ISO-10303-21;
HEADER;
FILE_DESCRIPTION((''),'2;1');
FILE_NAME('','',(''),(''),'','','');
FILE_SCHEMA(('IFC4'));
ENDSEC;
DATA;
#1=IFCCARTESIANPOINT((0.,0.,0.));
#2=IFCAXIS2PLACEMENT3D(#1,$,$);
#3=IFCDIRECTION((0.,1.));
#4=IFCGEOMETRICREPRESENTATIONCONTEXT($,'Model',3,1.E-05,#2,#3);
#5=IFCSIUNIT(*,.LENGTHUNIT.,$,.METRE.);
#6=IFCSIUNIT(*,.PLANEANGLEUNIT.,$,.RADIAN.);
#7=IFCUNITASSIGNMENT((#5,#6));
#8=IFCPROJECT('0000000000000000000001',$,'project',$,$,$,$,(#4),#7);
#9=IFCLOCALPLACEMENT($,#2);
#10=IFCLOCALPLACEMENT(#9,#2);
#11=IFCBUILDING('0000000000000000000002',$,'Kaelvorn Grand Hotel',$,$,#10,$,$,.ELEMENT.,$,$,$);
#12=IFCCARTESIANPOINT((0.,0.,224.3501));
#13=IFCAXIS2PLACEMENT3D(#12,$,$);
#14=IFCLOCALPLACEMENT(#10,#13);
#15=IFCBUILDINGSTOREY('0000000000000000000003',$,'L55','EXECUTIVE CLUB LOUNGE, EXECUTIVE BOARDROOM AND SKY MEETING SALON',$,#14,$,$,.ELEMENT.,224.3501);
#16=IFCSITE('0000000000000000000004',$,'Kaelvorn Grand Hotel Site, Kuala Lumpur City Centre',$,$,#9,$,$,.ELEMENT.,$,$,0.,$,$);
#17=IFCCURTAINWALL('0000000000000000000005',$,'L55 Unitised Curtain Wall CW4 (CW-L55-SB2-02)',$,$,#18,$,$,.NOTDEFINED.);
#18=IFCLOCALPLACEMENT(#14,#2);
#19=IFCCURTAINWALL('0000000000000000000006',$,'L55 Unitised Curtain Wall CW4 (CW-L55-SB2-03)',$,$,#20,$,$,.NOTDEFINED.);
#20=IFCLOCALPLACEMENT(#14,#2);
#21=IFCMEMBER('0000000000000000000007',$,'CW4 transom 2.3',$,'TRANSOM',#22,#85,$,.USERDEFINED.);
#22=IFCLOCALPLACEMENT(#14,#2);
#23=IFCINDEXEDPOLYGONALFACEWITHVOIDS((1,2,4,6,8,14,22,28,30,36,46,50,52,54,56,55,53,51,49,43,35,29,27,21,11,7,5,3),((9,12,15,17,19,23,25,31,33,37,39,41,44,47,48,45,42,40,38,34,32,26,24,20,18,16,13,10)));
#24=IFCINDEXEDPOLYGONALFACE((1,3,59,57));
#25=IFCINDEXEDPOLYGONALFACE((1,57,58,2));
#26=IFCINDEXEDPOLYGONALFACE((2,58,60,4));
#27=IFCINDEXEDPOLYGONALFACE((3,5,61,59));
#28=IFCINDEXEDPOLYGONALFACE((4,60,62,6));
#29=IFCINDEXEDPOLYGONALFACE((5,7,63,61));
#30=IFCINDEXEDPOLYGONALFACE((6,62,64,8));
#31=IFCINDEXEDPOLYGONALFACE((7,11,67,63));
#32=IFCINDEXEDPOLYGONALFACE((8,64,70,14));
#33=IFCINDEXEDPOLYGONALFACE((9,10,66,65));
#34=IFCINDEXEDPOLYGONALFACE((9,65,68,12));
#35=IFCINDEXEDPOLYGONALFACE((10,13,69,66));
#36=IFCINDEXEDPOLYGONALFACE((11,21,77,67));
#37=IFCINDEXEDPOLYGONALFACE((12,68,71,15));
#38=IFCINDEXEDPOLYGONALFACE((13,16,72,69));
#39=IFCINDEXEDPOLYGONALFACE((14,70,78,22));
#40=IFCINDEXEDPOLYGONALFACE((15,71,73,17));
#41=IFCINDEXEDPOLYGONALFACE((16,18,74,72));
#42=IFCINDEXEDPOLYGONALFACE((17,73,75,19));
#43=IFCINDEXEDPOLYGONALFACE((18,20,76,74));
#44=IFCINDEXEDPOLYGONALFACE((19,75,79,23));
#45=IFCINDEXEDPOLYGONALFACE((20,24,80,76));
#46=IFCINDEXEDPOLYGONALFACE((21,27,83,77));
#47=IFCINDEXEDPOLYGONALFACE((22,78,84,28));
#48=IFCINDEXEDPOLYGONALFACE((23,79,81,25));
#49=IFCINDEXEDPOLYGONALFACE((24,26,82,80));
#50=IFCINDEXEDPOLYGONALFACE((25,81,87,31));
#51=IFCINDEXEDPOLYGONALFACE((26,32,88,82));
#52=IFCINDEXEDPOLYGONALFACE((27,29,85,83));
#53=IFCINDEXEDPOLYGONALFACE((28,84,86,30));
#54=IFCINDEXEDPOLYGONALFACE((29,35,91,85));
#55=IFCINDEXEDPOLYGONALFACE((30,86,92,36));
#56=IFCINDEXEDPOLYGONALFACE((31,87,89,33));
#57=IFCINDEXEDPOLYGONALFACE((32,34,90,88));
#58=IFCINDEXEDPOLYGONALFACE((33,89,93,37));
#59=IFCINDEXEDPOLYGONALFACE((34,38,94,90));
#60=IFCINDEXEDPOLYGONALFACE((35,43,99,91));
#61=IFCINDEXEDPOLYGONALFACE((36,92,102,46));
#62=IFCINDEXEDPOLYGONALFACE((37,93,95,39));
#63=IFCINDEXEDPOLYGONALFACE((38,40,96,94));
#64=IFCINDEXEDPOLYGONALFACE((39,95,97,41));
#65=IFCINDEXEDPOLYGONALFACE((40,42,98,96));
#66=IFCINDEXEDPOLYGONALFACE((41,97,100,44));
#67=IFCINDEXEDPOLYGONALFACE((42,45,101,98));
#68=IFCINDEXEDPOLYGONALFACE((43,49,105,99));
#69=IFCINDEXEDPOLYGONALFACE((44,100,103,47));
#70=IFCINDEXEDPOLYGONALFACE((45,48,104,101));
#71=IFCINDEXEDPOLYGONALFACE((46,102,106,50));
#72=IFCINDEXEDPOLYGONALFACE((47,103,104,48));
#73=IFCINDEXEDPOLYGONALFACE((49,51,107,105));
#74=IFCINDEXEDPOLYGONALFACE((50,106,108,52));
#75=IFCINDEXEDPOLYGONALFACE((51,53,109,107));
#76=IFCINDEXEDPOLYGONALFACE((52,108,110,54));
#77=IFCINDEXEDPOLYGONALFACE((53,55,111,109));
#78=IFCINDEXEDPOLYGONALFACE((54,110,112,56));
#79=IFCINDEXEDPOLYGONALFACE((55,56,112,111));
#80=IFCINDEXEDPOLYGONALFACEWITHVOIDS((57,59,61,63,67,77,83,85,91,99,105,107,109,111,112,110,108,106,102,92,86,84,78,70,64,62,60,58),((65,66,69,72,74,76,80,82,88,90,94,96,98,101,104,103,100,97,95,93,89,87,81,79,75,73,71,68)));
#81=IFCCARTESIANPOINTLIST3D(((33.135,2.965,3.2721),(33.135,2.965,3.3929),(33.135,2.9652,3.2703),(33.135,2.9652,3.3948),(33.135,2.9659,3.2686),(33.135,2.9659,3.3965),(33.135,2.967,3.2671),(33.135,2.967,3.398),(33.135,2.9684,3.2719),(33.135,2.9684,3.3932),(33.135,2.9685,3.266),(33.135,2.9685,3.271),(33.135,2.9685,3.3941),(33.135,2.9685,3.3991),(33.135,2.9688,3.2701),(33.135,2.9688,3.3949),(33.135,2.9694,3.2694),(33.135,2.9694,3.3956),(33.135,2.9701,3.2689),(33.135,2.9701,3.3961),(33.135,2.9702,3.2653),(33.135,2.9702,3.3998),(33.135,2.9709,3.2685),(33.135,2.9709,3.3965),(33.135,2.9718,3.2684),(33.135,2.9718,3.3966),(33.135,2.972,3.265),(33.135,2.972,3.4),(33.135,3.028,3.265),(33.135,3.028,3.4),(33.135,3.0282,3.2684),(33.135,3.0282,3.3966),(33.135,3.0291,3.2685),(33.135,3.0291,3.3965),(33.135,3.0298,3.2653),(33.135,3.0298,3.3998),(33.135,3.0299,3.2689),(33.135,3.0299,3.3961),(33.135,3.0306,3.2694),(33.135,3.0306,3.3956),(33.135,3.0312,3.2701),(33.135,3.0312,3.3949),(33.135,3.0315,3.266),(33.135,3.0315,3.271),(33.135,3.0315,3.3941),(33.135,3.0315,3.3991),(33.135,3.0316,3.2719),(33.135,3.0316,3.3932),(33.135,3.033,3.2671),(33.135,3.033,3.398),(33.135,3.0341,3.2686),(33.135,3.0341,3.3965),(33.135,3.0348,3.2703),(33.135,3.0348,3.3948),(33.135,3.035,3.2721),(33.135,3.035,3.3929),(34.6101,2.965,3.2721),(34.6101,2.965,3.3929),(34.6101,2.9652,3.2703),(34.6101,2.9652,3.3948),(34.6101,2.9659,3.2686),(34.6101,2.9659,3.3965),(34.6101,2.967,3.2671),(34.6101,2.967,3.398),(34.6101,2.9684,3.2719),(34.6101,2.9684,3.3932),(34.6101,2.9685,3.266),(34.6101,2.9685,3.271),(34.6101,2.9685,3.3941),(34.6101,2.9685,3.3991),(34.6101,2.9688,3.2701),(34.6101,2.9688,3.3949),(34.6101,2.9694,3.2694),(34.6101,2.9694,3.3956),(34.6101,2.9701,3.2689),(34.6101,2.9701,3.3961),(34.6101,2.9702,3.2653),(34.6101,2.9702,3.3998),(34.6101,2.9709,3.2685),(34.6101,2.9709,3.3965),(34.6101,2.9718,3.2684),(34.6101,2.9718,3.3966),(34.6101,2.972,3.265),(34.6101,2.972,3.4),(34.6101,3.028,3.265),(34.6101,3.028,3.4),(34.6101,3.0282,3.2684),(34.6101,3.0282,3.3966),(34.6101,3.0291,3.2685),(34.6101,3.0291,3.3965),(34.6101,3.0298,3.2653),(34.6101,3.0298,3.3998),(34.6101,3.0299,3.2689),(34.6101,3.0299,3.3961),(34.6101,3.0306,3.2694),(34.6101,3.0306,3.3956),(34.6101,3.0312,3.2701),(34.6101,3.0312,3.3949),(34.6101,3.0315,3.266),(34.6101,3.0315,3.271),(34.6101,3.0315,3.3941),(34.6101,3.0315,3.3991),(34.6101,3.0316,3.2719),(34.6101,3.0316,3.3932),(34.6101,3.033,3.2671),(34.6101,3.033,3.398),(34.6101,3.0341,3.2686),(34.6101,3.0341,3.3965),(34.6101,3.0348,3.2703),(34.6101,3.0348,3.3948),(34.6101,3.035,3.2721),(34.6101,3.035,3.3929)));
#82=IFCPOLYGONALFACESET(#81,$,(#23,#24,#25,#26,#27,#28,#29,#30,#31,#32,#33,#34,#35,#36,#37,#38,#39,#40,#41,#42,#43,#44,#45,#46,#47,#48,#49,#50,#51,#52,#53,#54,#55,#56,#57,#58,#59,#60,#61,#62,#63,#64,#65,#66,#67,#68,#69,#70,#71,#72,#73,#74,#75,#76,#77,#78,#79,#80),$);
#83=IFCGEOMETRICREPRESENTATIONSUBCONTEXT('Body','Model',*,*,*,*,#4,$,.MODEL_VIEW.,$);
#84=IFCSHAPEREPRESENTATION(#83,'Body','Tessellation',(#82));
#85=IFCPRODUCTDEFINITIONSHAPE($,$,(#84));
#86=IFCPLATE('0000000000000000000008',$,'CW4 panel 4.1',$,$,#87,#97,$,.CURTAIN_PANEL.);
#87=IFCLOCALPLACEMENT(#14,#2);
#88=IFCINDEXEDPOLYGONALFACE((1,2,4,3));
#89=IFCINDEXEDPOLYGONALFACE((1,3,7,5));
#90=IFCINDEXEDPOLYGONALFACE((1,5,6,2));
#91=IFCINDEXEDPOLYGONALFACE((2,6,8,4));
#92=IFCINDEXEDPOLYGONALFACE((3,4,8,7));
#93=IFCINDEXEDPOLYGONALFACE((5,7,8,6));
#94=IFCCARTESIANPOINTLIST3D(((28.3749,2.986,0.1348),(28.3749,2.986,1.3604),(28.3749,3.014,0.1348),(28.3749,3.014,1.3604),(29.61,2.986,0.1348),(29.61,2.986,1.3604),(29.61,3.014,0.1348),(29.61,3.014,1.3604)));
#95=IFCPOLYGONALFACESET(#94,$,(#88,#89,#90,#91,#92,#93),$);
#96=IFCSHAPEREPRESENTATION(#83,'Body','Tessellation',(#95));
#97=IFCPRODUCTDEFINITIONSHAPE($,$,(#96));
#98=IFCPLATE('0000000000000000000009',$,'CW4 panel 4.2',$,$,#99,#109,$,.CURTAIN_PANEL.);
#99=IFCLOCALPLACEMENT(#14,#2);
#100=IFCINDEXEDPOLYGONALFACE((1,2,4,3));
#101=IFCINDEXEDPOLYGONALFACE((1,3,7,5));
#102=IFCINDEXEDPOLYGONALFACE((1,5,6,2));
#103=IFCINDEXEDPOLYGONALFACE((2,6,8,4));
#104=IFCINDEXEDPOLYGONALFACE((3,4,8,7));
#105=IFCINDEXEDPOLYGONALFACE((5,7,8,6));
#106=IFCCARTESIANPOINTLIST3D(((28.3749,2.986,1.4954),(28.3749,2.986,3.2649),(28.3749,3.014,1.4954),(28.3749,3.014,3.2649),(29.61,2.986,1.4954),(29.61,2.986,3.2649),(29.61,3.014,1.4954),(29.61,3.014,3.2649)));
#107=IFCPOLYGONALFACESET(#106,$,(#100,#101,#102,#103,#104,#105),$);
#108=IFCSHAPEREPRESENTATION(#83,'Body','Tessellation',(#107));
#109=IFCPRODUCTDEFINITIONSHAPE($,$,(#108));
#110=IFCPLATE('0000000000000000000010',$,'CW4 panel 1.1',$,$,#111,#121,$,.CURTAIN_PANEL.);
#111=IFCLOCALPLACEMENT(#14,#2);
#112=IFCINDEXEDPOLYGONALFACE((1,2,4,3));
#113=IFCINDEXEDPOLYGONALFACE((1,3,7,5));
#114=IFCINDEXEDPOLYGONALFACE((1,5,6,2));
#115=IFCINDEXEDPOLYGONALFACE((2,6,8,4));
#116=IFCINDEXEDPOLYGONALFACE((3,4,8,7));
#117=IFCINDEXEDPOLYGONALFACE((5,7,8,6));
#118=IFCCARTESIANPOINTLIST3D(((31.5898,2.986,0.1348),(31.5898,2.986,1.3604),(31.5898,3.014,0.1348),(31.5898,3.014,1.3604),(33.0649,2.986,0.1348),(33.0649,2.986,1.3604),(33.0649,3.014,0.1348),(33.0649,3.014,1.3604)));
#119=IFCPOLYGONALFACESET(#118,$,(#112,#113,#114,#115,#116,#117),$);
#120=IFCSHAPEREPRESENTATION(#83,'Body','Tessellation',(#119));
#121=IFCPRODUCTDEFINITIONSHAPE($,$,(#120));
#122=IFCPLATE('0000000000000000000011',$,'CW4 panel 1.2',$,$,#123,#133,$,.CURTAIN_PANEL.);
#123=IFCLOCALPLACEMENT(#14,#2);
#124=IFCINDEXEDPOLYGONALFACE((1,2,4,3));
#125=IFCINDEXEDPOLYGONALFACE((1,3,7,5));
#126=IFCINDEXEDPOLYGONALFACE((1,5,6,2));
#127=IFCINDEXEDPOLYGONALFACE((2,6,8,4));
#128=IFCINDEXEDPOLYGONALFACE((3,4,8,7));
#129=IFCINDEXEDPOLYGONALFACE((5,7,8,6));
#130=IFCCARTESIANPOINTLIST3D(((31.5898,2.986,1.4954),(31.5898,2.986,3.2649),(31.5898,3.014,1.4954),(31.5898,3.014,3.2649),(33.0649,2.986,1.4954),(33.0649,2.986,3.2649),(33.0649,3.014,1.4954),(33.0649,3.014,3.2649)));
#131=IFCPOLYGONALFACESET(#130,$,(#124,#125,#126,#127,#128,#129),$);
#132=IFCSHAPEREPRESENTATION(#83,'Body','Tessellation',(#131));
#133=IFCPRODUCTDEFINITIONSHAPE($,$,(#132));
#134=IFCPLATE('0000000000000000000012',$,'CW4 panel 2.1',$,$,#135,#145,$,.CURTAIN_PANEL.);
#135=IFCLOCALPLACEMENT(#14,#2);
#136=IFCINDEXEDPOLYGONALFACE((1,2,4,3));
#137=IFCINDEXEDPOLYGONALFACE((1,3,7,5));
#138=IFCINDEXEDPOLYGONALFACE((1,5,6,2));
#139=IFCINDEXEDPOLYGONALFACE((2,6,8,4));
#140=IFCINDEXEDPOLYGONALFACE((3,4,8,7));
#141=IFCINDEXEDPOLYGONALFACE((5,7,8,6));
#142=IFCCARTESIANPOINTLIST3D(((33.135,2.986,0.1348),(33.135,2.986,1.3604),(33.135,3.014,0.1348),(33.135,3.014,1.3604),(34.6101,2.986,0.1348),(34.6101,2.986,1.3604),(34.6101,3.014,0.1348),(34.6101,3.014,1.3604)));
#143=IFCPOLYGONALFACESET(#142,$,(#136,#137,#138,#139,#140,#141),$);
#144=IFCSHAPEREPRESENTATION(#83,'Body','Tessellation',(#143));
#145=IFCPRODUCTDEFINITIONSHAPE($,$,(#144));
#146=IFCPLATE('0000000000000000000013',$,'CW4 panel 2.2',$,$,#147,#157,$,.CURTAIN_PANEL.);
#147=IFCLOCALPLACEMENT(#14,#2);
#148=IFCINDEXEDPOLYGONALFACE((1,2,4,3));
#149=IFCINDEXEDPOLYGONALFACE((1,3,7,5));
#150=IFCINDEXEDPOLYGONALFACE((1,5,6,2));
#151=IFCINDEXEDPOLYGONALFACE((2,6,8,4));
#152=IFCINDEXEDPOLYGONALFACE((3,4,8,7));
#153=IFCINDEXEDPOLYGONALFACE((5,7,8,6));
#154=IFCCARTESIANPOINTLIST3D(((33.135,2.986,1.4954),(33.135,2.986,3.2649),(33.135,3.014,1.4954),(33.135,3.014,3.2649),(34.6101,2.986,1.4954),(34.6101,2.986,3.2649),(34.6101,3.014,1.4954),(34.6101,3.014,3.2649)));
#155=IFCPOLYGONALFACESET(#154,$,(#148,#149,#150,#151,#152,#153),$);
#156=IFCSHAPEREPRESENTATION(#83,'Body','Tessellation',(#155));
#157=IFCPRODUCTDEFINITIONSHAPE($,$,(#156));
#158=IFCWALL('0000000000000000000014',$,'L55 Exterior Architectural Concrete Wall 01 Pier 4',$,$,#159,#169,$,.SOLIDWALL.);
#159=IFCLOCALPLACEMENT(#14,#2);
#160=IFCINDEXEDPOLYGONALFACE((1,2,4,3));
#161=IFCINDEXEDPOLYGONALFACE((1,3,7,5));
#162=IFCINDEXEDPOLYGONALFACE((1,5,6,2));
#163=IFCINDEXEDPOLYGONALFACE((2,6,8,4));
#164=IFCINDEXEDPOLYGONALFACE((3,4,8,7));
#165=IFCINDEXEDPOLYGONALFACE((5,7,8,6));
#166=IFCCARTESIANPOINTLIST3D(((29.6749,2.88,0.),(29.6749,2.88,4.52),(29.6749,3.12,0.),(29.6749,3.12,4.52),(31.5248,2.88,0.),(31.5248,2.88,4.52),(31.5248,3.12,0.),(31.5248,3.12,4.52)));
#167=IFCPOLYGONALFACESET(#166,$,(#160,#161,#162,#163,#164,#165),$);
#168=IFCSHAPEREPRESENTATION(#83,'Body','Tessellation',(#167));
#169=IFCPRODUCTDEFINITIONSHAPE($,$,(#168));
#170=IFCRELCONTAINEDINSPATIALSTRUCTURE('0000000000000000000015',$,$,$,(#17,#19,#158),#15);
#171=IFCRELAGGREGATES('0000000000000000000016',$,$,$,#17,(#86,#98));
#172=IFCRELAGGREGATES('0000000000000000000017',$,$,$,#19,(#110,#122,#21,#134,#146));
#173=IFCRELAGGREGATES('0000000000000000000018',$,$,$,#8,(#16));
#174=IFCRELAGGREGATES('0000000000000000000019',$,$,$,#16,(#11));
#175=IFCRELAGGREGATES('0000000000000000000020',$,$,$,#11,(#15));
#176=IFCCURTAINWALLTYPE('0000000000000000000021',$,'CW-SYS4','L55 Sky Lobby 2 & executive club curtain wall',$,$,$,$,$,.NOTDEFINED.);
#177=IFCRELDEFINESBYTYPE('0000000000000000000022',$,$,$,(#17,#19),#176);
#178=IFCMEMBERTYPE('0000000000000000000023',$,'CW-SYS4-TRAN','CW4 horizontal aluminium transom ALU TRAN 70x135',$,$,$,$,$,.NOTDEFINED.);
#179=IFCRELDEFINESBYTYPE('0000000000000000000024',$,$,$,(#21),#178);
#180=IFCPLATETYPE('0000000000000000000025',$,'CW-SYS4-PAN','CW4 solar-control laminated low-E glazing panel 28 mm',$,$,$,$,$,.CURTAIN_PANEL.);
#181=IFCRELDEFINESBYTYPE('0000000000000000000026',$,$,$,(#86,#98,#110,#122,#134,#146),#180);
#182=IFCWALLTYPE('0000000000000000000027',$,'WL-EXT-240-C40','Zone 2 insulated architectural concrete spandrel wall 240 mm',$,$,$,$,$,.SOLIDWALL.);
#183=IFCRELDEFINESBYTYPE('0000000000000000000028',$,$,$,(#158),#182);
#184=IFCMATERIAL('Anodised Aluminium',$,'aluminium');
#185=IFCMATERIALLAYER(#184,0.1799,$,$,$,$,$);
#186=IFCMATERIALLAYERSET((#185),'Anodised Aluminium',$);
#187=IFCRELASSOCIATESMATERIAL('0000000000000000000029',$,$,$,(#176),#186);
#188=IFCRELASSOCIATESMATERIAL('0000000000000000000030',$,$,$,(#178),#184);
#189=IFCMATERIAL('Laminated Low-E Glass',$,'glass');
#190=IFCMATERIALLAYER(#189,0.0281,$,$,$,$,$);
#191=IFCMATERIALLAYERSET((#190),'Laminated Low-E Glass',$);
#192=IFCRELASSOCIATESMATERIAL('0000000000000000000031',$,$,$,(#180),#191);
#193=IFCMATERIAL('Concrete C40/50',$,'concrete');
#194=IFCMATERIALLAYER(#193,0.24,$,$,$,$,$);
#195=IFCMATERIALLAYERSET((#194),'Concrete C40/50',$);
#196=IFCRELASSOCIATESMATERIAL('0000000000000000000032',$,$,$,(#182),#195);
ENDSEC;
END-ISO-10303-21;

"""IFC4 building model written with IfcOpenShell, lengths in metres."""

from ifc_helpers import new_model, si_unit, direction, frame, frame_2d, origin, origin_2d, place, context, subcontext, project, spatial, rectangle, hollow_rectangle, extrude, material, layer, layer_set, material_profile, profile_set, type_object, element, aggregate, save


model = new_model("IFC4")

# Units and contexts
model_context = context("Model", 3, precision=1e-05, world=origin(), true_north=direction((0.0, 1.0)))
body_context = subcontext(model_context, "Body", "Model", "MODEL_VIEW")
ifc_project = project(units=[si_unit("LENGTHUNIT", "METRE"), si_unit("PLANEANGLEUNIT", "RADIAN")], contexts=[model_context])

# Site, building, storey
site_placement = place(None, origin())
site = spatial("IfcSite", under=ifc_project, at=site_placement, Name="Kaelvorn Grand Hotel Site, Kuala Lumpur City Centre", CompositionType="ELEMENT", RefElevation=0.0)
building_placement = place(site_placement, origin())
building = spatial("IfcBuilding", under=site, at=building_placement, Name="Kaelvorn Grand Hotel", CompositionType="ELEMENT")
storey_placement = place(building_placement, frame((0.0, 0.0, 224.3501)))
storey = spatial("IfcBuildingStorey", under=building, at=storey_placement, Name="L55", Description="EXECUTIVE CLUB LOUNGE, EXECUTIVE BOARDROOM AND SKY MEETING SALON", CompositionType="ELEMENT", Elevation=224.3501)

# Curtain wall
ifc_material_1 = material(Name="Anodised Aluminium", Category="aluminium")
ifc_layer_1 = layer(ifc_material_1, 0.1799)
ifc_layer_set_1 = layer_set([ifc_layer_1], Name="Anodised Aluminium")
curtain_wall_type = type_object("IfcCurtainWallType", Name="CW-SYS4", Description="L55 Sky Lobby 2 & executive club curtain wall", PredefinedType="NOTDEFINED", material=ifc_layer_set_1)
curtain_wall_1_placement = place(storey_placement, origin())
curtain_wall_1 = element("IfcCurtainWall", 1, at=curtain_wall_1_placement, inside=storey, type_object=curtain_wall_type, Name="L55 Unitised Curtain Wall CW4 (CW-L55-SB2-02)", PredefinedType="NOTDEFINED")

# Curtain wall
curtain_wall_2_placement = place(storey_placement, origin())
curtain_wall_2 = element("IfcCurtainWall", 2, at=curtain_wall_2_placement, inside=storey, type_object=curtain_wall_type, Name="L55 Unitised Curtain Wall CW4 (CW-L55-SB2-03)", PredefinedType="NOTDEFINED")

# Member
ifc_material_profile_1 = material_profile(ifc_material_1, hollow_rectangle(XDim=0.0701, YDim=0.135, WallThickness=0.0034, InnerFilletRadius=0.0034, OuterFilletRadius=0.0071, at=origin_2d()), Name="ALU TRAN 70x135")
ifc_profile_set_1 = profile_set([ifc_material_profile_1], Name="Anodised Aluminium")
member_type_1 = type_object("IfcMemberType", Name="CW-SYS4-TRAN", Description="CW4 horizontal aluminium transom ALU TRAN 70x135", PredefinedType="NOTDEFINED", material=ifc_profile_set_1)
member_1_placement = place(storey_placement, frame((33.135, 3.0, 3.3325), z_axis=(1.0, 0.0, 0.0), x_axis=(0.0, 1.0, 0.0)))
member_1 = element("IfcMember", 3, at=member_1_placement, type_object=member_type_1, Name="CW4 transom 2.3", ObjectType="TRANSOM", PredefinedType="USERDEFINED", context=body_context, shape_type="SweptSolid", body=[
    extrude(hollow_rectangle(XDim=0.0701, YDim=0.135, WallThickness=0.0034, InnerFilletRadius=0.0034, OuterFilletRadius=0.0071, at=origin_2d()), origin(), (0.0, 0.0, 1.0), 1.4751),
])

# Plates
ifc_material_2 = material(Name="Laminated Low-E Glass", Category="glass")
ifc_layer_2 = layer(ifc_material_2, 0.0281)
ifc_layer_set_2 = layer_set([ifc_layer_2], Name="Laminated Low-E Glass")
plate_type = type_object("IfcPlateType", Name="CW-SYS4-PAN", Description="CW4 solar-control laminated low-E glazing panel 28 mm", PredefinedType="CURTAIN_PANEL", material=ifc_layer_set_2)
plate_1_placement = place(storey_placement, frame((28.9924, 3.0, 0.1348), z_axis=(0.0, 0.0, 1.0), x_axis=(1.0, 0.0, 0.0)))
plate_1 = element("IfcPlate", 4, at=plate_1_placement, type_object=plate_type, Name="CW4 panel 4.1", PredefinedType="CURTAIN_PANEL", context=body_context, shape_type="SweptSolid", body=[
    extrude(rectangle(XDim=1.2351, YDim=0.0281, at=origin_2d()), origin(), (0.0, 0.0, 1.0), 1.2256),
])
plate_2_placement = place(storey_placement, frame((28.9924, 3.0, 1.4954), z_axis=(0.0, 0.0, 1.0), x_axis=(1.0, 0.0, 0.0)))
plate_2 = element("IfcPlate", 5, at=plate_2_placement, type_object=plate_type, Name="CW4 panel 4.2", PredefinedType="CURTAIN_PANEL", context=body_context, shape_type="SweptSolid", body=[
    extrude(rectangle(XDim=1.2351, YDim=0.0281, at=origin_2d()), origin(), (0.0, 0.0, 1.0), 1.7695),
])
aggregate(curtain_wall_1, [plate_1, plate_2])
plate_3_placement = place(storey_placement, frame((32.3274, 3.0, 0.1348), z_axis=(0.0, 0.0, 1.0), x_axis=(1.0, 0.0, 0.0)))
plate_3 = element("IfcPlate", 6, at=plate_3_placement, type_object=plate_type, Name="CW4 panel 1.1", PredefinedType="CURTAIN_PANEL", context=body_context, shape_type="SweptSolid", body=[
    extrude(rectangle(XDim=1.4751, YDim=0.0281, at=origin_2d()), origin(), (0.0, 0.0, 1.0), 1.2256),
])
plate_4_placement = place(storey_placement, frame((32.3274, 3.0, 1.4954), z_axis=(0.0, 0.0, 1.0), x_axis=(1.0, 0.0, 0.0)))
plate_4 = element("IfcPlate", 7, at=plate_4_placement, type_object=plate_type, Name="CW4 panel 1.2", PredefinedType="CURTAIN_PANEL", context=body_context, shape_type="SweptSolid", body=[
    extrude(rectangle(XDim=1.4751, YDim=0.0281, at=origin_2d()), origin(), (0.0, 0.0, 1.0), 1.7695),
])
plate_5_placement = place(storey_placement, frame((33.8726, 3.0, 0.1348), z_axis=(0.0, 0.0, 1.0), x_axis=(1.0, 0.0, 0.0)))
plate_5 = element("IfcPlate", 8, at=plate_5_placement, type_object=plate_type, Name="CW4 panel 2.1", PredefinedType="CURTAIN_PANEL", context=body_context, shape_type="SweptSolid", body=[
    extrude(rectangle(XDim=1.4751, YDim=0.0281, at=origin_2d()), origin(), (0.0, 0.0, 1.0), 1.2256),
])
plate_6_placement = place(storey_placement, frame((33.8726, 3.0, 1.4954), z_axis=(0.0, 0.0, 1.0), x_axis=(1.0, 0.0, 0.0)))
plate_6 = element("IfcPlate", 9, at=plate_6_placement, type_object=plate_type, Name="CW4 panel 2.2", PredefinedType="CURTAIN_PANEL", context=body_context, shape_type="SweptSolid", body=[
    extrude(rectangle(XDim=1.4751, YDim=0.0281, at=origin_2d()), origin(), (0.0, 0.0, 1.0), 1.7695),
])
aggregate(curtain_wall_2, [plate_3, plate_4, member_1, plate_5, plate_6])

# Wall
ifc_material_3 = material(Name="Concrete C40/50", Category="concrete")
ifc_layer_3 = layer(ifc_material_3, 0.24)
ifc_layer_set_3 = layer_set([ifc_layer_3], Name="Concrete C40/50")
wall_type = type_object("IfcWallType", Name="WL-EXT-240-C40", Description="Zone 2 insulated architectural concrete spandrel wall 240 mm", PredefinedType="SOLIDWALL", material=ifc_layer_set_3)
wall_placement = place(storey_placement, frame((29.675, 3.0, 0.0), z_axis=(0.0, 0.0, 1.0), x_axis=(1.0, 0.0, 0.0)))
element("IfcWall", 10, at=wall_placement, inside=storey, type_object=wall_type, Name="L55 Exterior Architectural Concrete Wall 01 Pier 4", PredefinedType="SOLIDWALL", context=body_context, shape_type="SweptSolid", body=[
    extrude(rectangle(XDim=1.8499, YDim=0.24, at=frame_2d((0.9248, 0.0))), origin(), (0.0, 0.0, 1.0), 4.52),
])

save(model, "model.ifc")
